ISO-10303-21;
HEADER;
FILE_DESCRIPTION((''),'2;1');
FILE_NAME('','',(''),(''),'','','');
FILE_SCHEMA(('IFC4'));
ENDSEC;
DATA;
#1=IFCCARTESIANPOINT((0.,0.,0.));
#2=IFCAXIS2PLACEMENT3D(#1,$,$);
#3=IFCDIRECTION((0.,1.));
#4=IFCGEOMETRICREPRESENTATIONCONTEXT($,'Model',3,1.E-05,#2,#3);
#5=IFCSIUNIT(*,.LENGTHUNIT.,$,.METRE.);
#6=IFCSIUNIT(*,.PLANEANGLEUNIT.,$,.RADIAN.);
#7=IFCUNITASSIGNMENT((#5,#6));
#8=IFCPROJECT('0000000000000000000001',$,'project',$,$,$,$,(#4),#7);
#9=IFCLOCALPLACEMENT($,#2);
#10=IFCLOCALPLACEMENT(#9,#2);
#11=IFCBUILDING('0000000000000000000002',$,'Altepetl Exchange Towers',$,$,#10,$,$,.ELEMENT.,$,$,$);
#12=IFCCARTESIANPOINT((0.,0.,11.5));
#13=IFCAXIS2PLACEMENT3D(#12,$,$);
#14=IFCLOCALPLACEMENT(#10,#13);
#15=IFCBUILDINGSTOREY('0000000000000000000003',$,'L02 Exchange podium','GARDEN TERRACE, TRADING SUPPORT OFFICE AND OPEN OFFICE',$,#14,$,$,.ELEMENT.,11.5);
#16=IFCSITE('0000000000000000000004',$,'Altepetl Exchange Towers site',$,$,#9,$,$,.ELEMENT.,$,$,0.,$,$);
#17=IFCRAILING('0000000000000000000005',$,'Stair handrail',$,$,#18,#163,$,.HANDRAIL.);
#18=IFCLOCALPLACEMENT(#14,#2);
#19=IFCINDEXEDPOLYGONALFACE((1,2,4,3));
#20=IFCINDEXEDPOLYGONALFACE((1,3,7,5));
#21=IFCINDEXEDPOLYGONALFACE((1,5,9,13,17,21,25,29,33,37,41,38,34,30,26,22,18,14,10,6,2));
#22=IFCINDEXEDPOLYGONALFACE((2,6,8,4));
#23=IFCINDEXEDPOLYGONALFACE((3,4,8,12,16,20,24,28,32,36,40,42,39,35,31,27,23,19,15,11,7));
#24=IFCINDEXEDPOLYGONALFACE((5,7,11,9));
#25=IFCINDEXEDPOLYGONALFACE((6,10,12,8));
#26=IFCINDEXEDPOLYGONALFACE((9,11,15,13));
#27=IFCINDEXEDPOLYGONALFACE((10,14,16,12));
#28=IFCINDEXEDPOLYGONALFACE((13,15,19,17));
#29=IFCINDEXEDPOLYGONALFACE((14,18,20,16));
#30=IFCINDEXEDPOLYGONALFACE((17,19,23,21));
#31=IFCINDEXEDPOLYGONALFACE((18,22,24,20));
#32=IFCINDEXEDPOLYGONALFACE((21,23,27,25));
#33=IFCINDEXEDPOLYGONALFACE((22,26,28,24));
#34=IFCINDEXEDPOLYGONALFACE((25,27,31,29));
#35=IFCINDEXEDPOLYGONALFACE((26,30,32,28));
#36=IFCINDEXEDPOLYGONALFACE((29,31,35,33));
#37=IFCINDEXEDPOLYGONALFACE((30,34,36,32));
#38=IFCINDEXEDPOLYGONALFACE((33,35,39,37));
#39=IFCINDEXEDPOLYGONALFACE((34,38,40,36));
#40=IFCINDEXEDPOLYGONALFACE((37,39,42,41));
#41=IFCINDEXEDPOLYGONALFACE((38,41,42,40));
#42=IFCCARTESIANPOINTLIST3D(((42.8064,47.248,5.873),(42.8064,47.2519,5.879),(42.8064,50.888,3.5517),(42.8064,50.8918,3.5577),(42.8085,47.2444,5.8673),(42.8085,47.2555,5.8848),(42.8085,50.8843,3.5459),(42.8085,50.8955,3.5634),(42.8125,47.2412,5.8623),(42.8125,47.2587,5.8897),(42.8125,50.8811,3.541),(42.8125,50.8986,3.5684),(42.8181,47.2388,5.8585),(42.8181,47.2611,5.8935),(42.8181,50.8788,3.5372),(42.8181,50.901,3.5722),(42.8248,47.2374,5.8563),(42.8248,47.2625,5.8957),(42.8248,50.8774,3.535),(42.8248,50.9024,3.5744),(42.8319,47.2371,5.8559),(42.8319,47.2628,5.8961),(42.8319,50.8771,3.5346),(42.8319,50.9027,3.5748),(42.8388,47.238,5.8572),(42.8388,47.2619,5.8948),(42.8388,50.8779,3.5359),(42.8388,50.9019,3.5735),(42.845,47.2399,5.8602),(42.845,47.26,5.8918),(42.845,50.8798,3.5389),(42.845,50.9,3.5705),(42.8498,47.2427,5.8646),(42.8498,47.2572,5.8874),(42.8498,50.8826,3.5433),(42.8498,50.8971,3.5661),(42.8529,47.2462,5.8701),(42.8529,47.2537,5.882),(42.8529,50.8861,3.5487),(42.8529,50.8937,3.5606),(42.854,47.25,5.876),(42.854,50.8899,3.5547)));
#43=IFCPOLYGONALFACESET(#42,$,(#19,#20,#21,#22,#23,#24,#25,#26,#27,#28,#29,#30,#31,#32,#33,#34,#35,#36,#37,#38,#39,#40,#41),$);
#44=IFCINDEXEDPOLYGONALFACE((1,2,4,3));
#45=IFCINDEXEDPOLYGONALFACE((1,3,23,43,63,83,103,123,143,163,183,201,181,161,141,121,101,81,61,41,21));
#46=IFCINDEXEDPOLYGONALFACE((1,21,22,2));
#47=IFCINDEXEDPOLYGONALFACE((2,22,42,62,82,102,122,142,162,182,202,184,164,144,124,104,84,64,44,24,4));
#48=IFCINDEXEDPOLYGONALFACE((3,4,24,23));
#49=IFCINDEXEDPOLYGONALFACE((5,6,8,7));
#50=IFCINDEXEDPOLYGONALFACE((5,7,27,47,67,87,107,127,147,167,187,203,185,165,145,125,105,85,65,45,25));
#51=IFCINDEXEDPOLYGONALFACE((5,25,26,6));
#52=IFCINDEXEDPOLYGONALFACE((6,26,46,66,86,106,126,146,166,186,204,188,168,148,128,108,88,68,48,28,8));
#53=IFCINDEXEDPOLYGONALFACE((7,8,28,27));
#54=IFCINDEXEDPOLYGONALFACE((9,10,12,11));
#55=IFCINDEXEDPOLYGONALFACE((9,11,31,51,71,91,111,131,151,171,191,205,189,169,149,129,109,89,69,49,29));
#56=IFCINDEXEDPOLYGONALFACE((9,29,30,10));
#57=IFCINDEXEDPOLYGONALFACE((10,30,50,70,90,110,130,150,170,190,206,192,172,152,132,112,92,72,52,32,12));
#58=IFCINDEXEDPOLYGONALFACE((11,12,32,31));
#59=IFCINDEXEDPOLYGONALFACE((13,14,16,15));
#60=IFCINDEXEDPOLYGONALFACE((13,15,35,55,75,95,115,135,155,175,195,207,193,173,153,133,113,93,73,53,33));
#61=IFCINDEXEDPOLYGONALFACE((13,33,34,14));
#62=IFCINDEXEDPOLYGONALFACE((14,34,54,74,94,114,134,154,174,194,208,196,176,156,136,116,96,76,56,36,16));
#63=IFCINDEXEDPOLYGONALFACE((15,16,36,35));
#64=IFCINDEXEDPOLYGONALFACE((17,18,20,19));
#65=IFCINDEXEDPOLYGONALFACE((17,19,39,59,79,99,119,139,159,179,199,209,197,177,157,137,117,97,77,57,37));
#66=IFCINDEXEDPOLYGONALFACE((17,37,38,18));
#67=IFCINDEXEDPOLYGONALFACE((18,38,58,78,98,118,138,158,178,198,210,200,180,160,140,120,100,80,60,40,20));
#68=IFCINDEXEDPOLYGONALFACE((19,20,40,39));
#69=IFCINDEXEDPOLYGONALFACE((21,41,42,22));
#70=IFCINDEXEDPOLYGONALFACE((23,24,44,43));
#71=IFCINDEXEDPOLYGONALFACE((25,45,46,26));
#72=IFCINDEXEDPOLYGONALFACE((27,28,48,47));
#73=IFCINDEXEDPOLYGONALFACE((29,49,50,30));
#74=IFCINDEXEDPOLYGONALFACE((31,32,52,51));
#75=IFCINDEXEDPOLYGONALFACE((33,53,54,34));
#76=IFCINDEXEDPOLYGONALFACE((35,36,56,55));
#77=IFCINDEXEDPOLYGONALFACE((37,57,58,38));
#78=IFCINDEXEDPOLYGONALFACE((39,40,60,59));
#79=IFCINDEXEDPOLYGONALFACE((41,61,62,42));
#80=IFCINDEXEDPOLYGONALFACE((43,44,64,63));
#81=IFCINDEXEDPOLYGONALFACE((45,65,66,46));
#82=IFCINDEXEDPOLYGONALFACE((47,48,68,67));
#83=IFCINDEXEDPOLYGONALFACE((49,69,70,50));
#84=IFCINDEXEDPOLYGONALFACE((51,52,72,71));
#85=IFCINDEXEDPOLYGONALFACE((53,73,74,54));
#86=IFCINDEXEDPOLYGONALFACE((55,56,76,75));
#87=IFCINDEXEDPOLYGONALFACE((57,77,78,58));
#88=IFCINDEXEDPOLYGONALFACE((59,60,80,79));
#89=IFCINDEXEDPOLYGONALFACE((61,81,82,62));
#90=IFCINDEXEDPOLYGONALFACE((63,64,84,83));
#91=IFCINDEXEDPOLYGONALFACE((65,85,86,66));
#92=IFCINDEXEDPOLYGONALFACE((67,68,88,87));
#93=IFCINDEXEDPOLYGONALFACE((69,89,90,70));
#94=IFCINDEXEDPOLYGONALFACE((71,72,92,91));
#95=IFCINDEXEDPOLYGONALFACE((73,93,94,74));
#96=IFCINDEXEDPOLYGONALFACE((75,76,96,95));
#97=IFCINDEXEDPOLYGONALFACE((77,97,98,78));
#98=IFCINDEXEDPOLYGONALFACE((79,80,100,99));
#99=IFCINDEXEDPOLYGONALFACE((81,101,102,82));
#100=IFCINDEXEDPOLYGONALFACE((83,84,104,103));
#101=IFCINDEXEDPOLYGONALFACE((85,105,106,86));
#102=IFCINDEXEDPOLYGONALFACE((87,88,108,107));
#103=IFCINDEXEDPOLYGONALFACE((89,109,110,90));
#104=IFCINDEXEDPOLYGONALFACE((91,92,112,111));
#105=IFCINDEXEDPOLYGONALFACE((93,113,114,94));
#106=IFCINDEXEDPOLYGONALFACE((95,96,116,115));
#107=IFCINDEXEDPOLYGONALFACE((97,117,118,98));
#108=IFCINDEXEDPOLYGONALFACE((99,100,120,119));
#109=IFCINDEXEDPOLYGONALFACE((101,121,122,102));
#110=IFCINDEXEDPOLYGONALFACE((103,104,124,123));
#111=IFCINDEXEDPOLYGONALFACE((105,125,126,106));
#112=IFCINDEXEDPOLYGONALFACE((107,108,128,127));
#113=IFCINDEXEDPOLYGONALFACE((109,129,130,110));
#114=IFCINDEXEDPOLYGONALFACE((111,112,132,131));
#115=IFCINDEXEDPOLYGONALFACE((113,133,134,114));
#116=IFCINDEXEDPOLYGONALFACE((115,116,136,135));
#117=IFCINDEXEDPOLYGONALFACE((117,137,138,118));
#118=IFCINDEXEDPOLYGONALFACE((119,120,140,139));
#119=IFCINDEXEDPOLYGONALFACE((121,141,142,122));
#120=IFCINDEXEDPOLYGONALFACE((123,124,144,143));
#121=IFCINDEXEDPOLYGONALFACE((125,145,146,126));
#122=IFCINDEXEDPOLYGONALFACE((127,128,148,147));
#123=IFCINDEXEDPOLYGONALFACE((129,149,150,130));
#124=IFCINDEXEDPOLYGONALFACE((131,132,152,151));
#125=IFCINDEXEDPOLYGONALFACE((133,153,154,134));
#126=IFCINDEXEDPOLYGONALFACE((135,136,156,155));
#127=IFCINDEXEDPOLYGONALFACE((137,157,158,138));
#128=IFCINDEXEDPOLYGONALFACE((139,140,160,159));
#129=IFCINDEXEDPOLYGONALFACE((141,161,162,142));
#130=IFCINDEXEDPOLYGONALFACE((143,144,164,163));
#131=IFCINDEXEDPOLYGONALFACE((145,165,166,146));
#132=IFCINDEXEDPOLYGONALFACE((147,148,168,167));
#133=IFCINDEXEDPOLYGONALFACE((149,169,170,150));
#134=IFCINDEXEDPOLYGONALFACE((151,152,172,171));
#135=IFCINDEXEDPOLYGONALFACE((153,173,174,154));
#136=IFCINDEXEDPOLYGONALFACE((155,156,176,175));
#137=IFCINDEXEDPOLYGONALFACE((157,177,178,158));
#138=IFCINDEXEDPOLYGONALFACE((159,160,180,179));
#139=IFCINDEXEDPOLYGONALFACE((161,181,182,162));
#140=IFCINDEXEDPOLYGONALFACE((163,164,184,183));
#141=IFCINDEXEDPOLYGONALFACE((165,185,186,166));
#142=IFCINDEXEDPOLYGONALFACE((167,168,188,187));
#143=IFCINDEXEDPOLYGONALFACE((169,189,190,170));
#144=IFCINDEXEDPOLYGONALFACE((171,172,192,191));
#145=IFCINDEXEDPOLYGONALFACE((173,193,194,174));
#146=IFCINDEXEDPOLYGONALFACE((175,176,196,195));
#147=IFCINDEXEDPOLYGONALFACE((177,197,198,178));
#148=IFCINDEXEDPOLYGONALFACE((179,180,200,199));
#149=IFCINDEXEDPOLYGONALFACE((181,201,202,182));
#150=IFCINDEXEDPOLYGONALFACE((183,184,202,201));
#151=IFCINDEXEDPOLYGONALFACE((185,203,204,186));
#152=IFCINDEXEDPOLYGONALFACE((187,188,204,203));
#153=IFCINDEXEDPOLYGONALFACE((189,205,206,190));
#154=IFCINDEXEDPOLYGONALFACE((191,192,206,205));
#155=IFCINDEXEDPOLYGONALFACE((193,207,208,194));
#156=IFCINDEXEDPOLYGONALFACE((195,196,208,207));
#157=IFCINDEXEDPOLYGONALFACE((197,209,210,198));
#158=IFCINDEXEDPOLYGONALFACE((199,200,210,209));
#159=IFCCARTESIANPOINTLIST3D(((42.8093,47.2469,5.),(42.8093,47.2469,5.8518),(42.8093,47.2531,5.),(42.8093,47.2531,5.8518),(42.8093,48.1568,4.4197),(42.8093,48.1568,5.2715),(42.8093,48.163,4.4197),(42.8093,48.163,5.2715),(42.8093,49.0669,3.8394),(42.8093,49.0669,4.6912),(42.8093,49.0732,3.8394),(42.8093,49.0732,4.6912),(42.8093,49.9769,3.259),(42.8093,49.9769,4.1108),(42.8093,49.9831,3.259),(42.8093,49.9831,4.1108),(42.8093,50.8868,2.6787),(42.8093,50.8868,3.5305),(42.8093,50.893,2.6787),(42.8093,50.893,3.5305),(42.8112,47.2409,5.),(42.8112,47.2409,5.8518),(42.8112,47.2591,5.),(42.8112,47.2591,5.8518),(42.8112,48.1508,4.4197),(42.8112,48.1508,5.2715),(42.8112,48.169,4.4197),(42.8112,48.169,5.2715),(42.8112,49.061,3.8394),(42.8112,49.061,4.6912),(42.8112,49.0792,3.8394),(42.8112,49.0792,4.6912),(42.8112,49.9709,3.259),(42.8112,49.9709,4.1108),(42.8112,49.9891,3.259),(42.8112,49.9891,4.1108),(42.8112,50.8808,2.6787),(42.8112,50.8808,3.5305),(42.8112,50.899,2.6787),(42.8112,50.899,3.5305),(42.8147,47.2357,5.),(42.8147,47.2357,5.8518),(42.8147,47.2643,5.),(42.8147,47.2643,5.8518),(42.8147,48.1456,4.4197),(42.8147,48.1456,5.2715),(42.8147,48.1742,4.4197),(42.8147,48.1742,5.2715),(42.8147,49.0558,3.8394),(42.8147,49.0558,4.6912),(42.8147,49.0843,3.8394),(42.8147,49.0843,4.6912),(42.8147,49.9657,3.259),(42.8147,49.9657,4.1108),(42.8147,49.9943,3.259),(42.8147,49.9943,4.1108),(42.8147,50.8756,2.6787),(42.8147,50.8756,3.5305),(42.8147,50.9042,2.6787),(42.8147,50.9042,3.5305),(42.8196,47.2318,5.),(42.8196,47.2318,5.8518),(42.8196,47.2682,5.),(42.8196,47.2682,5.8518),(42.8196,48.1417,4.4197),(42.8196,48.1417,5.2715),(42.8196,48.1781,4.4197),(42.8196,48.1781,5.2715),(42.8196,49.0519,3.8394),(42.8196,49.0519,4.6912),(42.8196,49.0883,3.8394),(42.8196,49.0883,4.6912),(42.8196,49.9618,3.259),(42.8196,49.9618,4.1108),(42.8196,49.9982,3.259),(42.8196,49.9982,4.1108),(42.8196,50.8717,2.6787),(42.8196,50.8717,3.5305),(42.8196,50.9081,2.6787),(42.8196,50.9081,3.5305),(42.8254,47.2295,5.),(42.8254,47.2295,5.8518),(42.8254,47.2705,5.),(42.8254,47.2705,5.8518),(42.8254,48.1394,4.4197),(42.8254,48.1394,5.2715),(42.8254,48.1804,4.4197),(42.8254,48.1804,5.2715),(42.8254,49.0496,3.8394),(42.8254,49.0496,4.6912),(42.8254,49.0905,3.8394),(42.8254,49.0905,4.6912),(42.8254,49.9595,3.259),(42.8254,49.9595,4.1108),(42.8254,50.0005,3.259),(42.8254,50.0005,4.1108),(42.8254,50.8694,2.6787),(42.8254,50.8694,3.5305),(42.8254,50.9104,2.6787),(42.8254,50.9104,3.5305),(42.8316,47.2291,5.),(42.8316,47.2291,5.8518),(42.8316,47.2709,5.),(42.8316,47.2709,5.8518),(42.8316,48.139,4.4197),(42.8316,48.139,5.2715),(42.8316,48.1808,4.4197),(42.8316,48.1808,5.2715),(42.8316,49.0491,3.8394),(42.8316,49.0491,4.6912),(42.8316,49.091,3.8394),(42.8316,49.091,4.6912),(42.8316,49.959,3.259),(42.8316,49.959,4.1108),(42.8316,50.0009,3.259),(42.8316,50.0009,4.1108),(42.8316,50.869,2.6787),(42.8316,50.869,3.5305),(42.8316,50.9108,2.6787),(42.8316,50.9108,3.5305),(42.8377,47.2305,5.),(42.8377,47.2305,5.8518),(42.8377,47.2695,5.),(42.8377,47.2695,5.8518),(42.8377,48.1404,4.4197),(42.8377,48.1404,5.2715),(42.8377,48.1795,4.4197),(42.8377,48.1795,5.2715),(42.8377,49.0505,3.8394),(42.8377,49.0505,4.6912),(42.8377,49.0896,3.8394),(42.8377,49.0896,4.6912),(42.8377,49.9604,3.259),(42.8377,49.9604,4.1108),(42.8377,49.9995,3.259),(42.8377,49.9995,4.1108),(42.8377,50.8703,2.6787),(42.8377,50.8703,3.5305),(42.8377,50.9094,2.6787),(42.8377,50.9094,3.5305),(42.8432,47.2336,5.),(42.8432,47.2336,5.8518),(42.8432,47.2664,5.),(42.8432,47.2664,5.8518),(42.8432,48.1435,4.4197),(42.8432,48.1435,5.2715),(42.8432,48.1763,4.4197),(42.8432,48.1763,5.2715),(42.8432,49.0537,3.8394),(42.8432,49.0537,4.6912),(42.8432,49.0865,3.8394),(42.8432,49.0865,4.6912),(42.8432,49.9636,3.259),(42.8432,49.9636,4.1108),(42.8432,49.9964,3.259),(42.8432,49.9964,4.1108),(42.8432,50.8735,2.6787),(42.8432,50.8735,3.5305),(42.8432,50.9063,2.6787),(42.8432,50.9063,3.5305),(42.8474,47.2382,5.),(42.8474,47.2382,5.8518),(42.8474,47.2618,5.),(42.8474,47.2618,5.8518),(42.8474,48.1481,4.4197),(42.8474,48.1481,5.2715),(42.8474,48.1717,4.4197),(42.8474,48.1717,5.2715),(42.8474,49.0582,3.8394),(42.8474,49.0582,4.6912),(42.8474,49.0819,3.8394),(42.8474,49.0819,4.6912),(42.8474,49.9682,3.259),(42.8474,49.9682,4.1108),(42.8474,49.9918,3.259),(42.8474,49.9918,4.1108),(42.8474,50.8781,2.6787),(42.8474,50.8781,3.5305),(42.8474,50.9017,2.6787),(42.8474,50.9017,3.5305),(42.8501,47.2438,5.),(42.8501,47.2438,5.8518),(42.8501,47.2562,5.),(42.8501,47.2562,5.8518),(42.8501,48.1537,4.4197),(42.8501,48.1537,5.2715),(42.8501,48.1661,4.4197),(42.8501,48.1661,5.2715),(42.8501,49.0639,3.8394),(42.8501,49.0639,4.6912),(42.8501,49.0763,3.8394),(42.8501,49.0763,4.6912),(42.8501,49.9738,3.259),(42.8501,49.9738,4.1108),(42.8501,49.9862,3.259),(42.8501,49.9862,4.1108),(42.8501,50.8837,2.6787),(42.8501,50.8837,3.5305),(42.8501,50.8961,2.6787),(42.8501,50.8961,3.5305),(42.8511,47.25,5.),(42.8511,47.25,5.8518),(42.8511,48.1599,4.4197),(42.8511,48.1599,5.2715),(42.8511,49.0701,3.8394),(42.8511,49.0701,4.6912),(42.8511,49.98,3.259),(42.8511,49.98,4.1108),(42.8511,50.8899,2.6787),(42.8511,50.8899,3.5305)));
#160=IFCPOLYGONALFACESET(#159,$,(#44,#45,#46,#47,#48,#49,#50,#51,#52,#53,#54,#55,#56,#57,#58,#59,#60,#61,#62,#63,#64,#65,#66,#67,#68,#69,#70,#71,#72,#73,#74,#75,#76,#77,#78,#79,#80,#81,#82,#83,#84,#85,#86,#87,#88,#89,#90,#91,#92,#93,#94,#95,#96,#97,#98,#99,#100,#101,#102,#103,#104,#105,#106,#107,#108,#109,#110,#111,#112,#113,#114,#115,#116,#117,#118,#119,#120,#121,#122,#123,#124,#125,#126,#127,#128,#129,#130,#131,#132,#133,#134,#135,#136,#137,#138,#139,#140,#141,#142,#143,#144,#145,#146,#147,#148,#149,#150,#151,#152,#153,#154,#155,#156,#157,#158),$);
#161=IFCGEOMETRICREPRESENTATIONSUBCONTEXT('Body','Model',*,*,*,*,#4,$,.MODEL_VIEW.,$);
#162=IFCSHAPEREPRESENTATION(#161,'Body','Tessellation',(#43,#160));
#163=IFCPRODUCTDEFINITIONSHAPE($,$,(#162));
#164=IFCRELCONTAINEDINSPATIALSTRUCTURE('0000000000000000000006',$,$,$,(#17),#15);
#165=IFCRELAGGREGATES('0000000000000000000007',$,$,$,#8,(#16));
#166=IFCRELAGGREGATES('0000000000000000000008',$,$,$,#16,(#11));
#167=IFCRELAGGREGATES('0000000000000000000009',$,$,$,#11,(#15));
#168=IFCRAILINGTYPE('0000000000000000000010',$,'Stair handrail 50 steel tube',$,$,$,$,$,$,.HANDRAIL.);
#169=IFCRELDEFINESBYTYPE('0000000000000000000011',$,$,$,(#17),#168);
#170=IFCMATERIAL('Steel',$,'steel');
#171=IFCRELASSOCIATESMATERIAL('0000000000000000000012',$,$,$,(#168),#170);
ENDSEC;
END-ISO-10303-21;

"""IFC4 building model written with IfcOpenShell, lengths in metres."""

from ifc_helpers import new_model, si_unit, direction, frame, origin, origin_2d, place, context, subcontext, project, spatial, circle, extrude, source, transform, mapped, material, type_object, element, save


model = new_model("IFC4")

# Units and contexts
model_context = context("Model", 3, precision=1e-05, world=origin(), true_north=direction((0.0, 1.0)))
body_context = subcontext(model_context, "Body", "Model", "MODEL_VIEW")
ifc_project = project(units=[si_unit("LENGTHUNIT", "METRE"), si_unit("PLANEANGLEUNIT", "RADIAN")], contexts=[model_context])

# Site, building, storey
site_placement = place(None, origin())
site = spatial("IfcSite", under=ifc_project, at=site_placement, Name="Altepetl Exchange Towers site", CompositionType="ELEMENT", RefElevation=0.0)
building_placement = place(site_placement, origin())
building = spatial("IfcBuilding", under=site, at=building_placement, Name="Altepetl Exchange Towers", CompositionType="ELEMENT")
storey_placement = place(building_placement, frame((0.0, 0.0, 11.5)))
storey = spatial("IfcBuildingStorey", under=building, at=storey_placement, Name="L02 Exchange podium", Description="GARDEN TERRACE, TRADING SUPPORT OFFICE AND OPEN OFFICE", CompositionType="ELEMENT", Elevation=11.5)

# Railing
ifc_material_1 = material(Name="Steel", Category="steel")
railing_type = type_object("IfcRailingType", Name="Stair handrail 50 steel tube", PredefinedType="HANDRAIL", material=ifc_material_1)
shared_shape = source(origin(), body_context, "Body", "SweptSolid", [
    extrude(circle(Radius=0.021, at=origin_2d()), origin(), (0.0, 0.0, 1.0), 0.8518),
])
railing_1_placement = place(storey_placement, frame((42.8301, 50.8899, 2.6787)))
element("IfcRailing", 1, at=railing_1_placement, inside=storey, type_object=railing_type, Name="Stair handrail", PredefinedType="HANDRAIL", context=body_context, shape_type="SweptSolid", body=[
    extrude(circle(Radius=0.0239, at=origin_2d()), frame((0.0, 0.0, 0.876), z_axis=(0.0, -0.843137, 0.537699), x_axis=(1.0, 0.0, 0.0)), (0.0, 0.0, 1.0), 4.3171),
    mapped(shared_shape, transform((0.0, 0.0, 0.0))),
    mapped(shared_shape, transform((0.0, -0.9099, 0.5803))),
    mapped(shared_shape, transform((0.0, -1.8198, 1.1606))),
    mapped(shared_shape, transform((0.0, -2.73, 1.741))),
    mapped(shared_shape, transform((0.0, -3.6399, 2.3213))),
])

save(model, "model.ifc")
